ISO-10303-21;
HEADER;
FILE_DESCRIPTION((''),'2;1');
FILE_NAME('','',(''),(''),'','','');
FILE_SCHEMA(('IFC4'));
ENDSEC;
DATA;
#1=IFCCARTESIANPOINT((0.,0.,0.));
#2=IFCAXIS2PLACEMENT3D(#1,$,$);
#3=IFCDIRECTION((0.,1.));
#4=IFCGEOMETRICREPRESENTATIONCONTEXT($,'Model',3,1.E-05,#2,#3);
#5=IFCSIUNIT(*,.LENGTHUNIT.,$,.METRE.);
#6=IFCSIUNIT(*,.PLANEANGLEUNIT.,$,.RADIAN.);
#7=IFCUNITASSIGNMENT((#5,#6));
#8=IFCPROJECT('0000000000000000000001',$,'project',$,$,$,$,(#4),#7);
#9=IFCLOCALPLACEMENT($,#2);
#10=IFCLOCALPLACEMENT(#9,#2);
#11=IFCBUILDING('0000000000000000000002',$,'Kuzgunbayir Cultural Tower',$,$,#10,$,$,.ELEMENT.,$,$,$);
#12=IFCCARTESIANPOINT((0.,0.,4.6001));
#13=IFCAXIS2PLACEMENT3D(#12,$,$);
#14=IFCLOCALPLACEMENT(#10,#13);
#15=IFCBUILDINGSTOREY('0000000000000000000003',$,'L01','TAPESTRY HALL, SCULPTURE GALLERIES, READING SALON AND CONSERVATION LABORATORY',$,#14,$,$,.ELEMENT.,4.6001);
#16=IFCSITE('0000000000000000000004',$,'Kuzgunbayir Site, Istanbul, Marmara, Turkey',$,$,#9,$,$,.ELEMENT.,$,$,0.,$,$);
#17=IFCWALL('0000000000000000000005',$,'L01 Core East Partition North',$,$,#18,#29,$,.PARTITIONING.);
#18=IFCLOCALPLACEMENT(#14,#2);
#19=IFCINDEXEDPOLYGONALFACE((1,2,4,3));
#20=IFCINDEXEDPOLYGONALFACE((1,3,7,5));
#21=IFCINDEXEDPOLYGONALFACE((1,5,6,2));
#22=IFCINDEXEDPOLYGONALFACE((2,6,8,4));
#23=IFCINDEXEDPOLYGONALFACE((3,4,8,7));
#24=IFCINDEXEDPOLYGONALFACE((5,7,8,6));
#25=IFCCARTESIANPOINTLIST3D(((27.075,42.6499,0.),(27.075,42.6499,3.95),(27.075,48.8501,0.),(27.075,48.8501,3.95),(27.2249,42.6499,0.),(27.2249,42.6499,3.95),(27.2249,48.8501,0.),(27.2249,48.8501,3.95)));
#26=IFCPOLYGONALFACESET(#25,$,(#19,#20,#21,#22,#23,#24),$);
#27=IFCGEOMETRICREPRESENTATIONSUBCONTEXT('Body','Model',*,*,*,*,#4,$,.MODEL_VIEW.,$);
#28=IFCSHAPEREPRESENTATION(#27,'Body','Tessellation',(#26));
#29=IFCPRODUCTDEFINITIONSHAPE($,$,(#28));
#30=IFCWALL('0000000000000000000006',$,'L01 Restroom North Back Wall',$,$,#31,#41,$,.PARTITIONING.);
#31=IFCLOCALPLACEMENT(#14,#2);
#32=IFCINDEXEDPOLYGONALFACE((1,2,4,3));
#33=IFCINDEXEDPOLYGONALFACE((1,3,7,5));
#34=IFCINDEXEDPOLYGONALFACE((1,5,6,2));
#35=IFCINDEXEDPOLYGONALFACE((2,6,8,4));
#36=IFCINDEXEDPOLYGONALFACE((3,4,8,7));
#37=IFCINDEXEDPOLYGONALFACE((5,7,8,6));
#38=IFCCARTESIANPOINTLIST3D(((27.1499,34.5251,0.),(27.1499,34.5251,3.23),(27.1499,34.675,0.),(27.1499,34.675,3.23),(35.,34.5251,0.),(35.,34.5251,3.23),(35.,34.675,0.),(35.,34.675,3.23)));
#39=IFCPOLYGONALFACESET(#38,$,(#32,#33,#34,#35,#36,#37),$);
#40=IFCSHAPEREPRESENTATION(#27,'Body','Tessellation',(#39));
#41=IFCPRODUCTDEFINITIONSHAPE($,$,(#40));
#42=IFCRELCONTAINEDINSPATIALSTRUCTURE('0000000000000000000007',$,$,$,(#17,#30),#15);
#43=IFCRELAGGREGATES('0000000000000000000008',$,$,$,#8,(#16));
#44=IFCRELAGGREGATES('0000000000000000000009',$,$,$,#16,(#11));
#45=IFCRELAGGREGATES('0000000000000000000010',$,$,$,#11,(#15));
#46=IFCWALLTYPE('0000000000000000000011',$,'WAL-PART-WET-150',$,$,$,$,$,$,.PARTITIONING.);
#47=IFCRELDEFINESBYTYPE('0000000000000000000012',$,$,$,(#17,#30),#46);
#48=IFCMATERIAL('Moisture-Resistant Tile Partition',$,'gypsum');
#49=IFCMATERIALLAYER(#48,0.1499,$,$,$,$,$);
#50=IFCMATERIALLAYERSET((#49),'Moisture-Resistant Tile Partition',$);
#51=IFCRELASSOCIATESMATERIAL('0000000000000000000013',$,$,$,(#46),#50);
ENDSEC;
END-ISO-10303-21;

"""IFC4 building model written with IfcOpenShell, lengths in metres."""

from ifc_helpers import new_model, si_unit, direction, frame, frame_2d, origin, place, context, subcontext, project, spatial, rectangle, extrude, material, layer, layer_set, type_object, element, save


model = new_model("IFC4")

# Units and contexts
model_context = context("Model", 3, precision=1e-05, world=origin(), true_north=direction((0.0, 1.0)))
body_context = subcontext(model_context, "Body", "Model", "MODEL_VIEW")
ifc_project = project(units=[si_unit("LENGTHUNIT", "METRE"), si_unit("PLANEANGLEUNIT", "RADIAN")], contexts=[model_context])

# Site, building, storey
site_placement = place(None, origin())
site = spatial("IfcSite", under=ifc_project, at=site_placement, Name="Kuzgunbayir Site, Istanbul, Marmara, Turkey", CompositionType="ELEMENT", RefElevation=0.0)
building_placement = place(site_placement, origin())
building = spatial("IfcBuilding", under=site, at=building_placement, Name="Kuzgunbayir Cultural Tower", CompositionType="ELEMENT")
storey_placement = place(building_placement, frame((0.0, 0.0, 4.6001)))
storey = spatial("IfcBuildingStorey", under=building, at=storey_placement, Name="L01", Description="TAPESTRY HALL, SCULPTURE GALLERIES, READING SALON AND CONSERVATION LABORATORY", CompositionType="ELEMENT", Elevation=4.6001)

# Walls
ifc_material_1 = material(Name="Moisture-Resistant Tile Partition", Category="gypsum")
ifc_layer_1 = layer(ifc_material_1, 0.1499)
ifc_layer_set_1 = layer_set([ifc_layer_1], Name="Moisture-Resistant Tile Partition")
wall_type_1 = type_object("IfcWallType", Name="WAL-PART-WET-150", PredefinedType="PARTITIONING", material=ifc_layer_set_1)
wall_1_placement = place(storey_placement, frame((27.1499, 42.6499, 0.0), z_axis=(0.0, 0.0, 1.0), x_axis=(0.0, 1.0, 0.0)))
element("IfcWall", 1, at=wall_1_placement, inside=storey, type_object=wall_type_1, Name="L01 Core East Partition North", PredefinedType="PARTITIONING", context=body_context, shape_type="SweptSolid", body=[
    extrude(rectangle(XDim=6.2002, YDim=0.1499, at=frame_2d((3.1001, 0.0))), origin(), (0.0, 0.0, 1.0), 3.95),
])
wall_2_placement = place(storey_placement, frame((27.1499, 34.6001, 0.0), z_axis=(0.0, 0.0, 1.0), x_axis=(1.0, 0.0, 0.0)))
element("IfcWall", 2, at=wall_2_placement, inside=storey, type_object=wall_type_1, Name="L01 Restroom North Back Wall", PredefinedType="PARTITIONING", context=body_context, shape_type="SweptSolid", body=[
    extrude(rectangle(XDim=7.8501, YDim=0.1499, at=frame_2d((3.925, 0.0))), origin(), (0.0, 0.0, 1.0), 3.23),
])

save(model, "model.ifc")
